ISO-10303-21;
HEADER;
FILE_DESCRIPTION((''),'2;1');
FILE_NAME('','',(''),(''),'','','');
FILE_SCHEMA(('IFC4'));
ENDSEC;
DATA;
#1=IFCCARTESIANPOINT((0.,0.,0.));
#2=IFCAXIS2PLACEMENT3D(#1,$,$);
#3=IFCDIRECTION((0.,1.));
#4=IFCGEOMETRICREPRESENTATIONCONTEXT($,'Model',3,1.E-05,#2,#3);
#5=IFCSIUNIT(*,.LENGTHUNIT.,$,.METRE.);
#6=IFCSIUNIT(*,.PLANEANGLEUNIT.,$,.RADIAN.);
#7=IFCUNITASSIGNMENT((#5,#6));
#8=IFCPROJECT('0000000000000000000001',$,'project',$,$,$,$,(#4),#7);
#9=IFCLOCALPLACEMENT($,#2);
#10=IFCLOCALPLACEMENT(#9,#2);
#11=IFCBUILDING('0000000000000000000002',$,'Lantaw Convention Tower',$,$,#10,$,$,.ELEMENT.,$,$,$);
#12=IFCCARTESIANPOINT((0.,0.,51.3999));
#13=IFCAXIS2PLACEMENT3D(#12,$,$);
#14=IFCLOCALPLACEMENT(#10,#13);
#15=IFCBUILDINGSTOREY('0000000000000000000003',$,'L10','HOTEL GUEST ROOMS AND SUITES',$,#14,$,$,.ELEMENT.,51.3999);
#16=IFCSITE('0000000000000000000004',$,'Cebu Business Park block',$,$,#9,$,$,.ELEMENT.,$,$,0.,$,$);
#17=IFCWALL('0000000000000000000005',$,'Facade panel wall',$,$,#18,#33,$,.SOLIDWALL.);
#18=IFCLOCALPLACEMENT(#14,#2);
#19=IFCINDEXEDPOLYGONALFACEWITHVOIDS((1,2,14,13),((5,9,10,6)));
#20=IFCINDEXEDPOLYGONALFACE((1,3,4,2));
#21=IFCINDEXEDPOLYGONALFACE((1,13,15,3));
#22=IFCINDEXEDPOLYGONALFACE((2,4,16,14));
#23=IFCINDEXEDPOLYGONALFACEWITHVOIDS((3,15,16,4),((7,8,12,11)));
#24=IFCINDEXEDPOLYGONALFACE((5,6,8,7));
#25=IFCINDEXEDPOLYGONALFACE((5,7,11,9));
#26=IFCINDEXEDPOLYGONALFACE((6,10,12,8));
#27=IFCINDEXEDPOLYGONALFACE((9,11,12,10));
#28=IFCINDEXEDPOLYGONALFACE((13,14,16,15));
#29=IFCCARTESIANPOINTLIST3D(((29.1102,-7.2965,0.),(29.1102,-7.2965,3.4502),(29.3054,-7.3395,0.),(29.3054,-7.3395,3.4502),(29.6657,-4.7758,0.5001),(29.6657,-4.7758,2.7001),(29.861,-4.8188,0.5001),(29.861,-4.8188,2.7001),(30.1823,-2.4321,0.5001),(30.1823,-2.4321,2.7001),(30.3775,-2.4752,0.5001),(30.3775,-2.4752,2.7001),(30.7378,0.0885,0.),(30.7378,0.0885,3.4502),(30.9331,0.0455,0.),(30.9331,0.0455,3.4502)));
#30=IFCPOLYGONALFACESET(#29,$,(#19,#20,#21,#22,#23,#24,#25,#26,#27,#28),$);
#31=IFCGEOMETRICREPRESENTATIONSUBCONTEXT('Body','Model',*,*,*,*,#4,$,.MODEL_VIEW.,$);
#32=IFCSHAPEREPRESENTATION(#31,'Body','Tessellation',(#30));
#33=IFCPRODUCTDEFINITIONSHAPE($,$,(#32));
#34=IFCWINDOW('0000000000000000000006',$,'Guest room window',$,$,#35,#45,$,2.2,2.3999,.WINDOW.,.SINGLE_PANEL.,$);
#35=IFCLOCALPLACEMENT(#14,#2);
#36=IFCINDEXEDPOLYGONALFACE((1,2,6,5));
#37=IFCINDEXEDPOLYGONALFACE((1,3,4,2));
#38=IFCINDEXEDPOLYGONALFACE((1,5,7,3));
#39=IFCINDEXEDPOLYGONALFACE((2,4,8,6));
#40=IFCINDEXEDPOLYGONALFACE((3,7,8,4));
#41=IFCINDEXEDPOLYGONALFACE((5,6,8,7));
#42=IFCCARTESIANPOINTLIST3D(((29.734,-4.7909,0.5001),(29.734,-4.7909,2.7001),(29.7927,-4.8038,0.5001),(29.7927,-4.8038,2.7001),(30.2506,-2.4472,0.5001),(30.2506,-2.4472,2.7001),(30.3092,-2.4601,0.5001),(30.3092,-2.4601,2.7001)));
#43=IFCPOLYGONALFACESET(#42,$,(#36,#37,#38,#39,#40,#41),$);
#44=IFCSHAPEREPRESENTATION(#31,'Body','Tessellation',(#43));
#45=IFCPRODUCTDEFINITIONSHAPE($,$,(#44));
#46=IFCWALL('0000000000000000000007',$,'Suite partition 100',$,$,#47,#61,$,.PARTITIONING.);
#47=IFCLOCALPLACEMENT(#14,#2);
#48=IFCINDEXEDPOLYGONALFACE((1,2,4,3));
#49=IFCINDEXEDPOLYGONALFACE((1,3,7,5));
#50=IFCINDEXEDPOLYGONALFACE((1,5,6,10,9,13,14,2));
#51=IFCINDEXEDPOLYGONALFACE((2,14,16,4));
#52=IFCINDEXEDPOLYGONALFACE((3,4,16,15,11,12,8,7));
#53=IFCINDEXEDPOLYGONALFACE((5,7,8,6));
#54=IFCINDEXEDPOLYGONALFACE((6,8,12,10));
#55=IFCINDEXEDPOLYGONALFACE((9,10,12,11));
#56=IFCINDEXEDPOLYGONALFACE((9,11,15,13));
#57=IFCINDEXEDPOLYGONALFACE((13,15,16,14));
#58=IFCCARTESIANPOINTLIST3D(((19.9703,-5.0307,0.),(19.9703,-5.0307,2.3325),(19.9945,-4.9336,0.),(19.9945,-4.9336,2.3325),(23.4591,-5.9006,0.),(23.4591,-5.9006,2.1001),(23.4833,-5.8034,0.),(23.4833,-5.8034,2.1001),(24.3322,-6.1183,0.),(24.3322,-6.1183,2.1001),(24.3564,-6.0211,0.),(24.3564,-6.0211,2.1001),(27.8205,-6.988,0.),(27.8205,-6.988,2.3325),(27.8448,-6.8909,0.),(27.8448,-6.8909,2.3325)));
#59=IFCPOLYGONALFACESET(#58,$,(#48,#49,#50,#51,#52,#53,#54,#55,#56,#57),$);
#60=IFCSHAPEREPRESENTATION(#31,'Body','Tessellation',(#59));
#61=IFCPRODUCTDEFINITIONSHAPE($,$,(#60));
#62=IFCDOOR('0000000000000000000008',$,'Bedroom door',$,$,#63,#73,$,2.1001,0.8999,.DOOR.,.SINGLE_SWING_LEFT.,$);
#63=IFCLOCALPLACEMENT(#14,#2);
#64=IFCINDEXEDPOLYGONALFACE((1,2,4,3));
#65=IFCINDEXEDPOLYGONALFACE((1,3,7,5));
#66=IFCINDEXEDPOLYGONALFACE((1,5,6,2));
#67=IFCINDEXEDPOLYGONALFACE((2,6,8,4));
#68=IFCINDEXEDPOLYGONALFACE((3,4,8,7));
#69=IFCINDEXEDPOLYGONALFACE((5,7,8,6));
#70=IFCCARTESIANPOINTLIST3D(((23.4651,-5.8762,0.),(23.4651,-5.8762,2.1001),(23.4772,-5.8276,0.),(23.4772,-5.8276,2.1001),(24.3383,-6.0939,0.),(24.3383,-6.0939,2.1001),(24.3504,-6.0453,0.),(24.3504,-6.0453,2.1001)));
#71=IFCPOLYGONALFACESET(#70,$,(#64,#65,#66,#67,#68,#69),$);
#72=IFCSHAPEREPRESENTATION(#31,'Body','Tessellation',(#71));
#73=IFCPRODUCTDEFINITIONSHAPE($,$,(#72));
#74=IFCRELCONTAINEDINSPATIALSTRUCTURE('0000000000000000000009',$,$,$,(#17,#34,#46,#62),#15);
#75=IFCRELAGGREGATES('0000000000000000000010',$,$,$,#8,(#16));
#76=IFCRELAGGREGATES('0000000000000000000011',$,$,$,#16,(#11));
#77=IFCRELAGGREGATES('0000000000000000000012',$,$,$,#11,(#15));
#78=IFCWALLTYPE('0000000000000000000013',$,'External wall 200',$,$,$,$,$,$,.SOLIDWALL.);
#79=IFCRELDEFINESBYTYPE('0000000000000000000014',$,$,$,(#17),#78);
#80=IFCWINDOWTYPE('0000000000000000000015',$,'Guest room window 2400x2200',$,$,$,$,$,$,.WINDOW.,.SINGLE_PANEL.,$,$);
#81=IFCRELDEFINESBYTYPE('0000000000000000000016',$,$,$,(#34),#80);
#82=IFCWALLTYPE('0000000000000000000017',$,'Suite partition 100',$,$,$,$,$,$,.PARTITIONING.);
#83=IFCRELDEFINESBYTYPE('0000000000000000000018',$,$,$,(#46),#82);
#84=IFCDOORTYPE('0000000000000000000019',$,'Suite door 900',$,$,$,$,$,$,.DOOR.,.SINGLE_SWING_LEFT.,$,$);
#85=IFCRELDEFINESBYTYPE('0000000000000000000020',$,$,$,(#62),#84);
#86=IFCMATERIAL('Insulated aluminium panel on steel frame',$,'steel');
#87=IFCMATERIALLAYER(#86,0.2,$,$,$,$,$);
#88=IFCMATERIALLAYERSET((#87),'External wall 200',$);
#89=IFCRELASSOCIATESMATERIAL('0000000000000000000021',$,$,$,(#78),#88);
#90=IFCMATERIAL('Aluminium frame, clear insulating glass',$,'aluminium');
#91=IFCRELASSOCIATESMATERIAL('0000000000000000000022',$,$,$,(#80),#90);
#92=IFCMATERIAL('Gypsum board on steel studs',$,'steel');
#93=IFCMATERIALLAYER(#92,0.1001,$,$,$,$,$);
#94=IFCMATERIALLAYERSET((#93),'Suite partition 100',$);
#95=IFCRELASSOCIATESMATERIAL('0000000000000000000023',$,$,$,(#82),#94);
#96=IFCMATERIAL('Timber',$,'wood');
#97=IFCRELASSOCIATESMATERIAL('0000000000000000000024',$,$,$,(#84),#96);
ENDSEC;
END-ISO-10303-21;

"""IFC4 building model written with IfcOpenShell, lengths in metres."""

from ifc_helpers import new_model, si_unit, direction, frame, frame_2d, origin, place, context, subcontext, project, spatial, rectangle, extrude, material, layer, layer_set, type_object, element, fill, save


model = new_model("IFC4")

# Units and contexts
model_context = context("Model", 3, precision=1e-05, world=origin(), true_north=direction((0.0, 1.0)))
body_context = subcontext(model_context, "Body", "Model", "MODEL_VIEW")
ifc_project = project(units=[si_unit("LENGTHUNIT", "METRE"), si_unit("PLANEANGLEUNIT", "RADIAN")], contexts=[model_context])

# Site, building, storey
site_placement = place(None, origin())
site = spatial("IfcSite", under=ifc_project, at=site_placement, Name="Cebu Business Park block", CompositionType="ELEMENT", RefElevation=0.0)
building_placement = place(site_placement, origin())
building = spatial("IfcBuilding", under=site, at=building_placement, Name="Lantaw Convention Tower", CompositionType="ELEMENT")
storey_placement = place(building_placement, frame((0.0, 0.0, 51.3999)))
storey = spatial("IfcBuildingStorey", under=building, at=storey_placement, Name="L10", Description="HOTEL GUEST ROOMS AND SUITES", CompositionType="ELEMENT", Elevation=51.3999)

# Shared definitions
ifc_material_1 = material(Name="Timber", Category="wood")

# Wall, opening, window
ifc_material_2 = material(Name="Insulated aluminium panel on steel frame", Category="steel")
ifc_layer_1 = layer(ifc_material_2, 0.2)
ifc_layer_set_1 = layer_set([ifc_layer_1], Name="External wall 200")
wall_type_1 = type_object("IfcWallType", Name="External wall 200", PredefinedType="SOLIDWALL", material=ifc_layer_set_1)
ifc_material_3 = material(Name="Aluminium frame, clear insulating glass", Category="aluminium")
window_type = type_object("IfcWindowType", Name="Guest room window 2400x2200", PartitioningType="SINGLE_PANEL", PredefinedType="WINDOW", material=ifc_material_3)
wall_1_placement = place(storey_placement, frame((29.2078, -7.3181, 0.0), z_axis=(0.0, 0.0, 1.0), x_axis=(0.215238, 0.976562, 0.0)))
wall_1 = element("IfcWall", 1, at=wall_1_placement, inside=storey, type_object=wall_type_1, Name="Facade panel wall", PredefinedType="SOLIDWALL", context=body_context, shape_type="SweptSolid", body=[
    extrude(rectangle(XDim=7.5623, YDim=0.2, at=frame_2d((3.7812, 0.0))), origin(), (0.0, 0.0, 1.0), 3.4502),
])
opening_1_placement = place(wall_1_placement, frame((2.5813, 0.0, 0.5)))
opening_1 = element("IfcOpeningElement", 2, at=opening_1_placement, cuts=wall_1, PredefinedType="OPENING", context=body_context, shape_type="SweptSolid", body=[
    extrude(rectangle(XDim=2.3999, YDim=2.2, at=frame_2d((1.2, 1.1001))), frame((0.0, 0.1099, 0.0), z_axis=(0.0, -1.0, 0.0), x_axis=(1.0, 0.0, 0.0)), (0.0, 0.0, 1.0), 0.22),
])
window_1_placement = place(opening_1_placement, origin())
window_1 = element("IfcWindow", 3, at=window_1_placement, inside=storey, type_object=window_type, Name="Guest room window", OverallHeight=2.2, OverallWidth=2.3999, PartitioningType="SINGLE_PANEL", PredefinedType="WINDOW", context=body_context, shape_type="SweptSolid", body=[
    extrude(rectangle(XDim=2.3999, YDim=2.2, at=frame_2d((1.2, 1.1001))), frame((0.0, 0.03, 0.0), z_axis=(0.0, -1.0, 0.0), x_axis=(1.0, 0.0, 0.0)), (0.0, 0.0, 1.0), 0.0601),
])
fill(opening_1, window_1)

# Wall, opening, door
ifc_material_4 = material(Name="Gypsum board on steel studs", Category="steel")
ifc_layer_2 = layer(ifc_material_4, 0.1001)
ifc_layer_set_2 = layer_set([ifc_layer_2], Name="Suite partition 100")
wall_type_2 = type_object("IfcWallType", Name="Suite partition 100", PredefinedType="PARTITIONING", material=ifc_layer_set_2)
wall_2_placement = place(storey_placement, frame((27.8328, -6.9395, 0.0), z_axis=(0.0, 0.0, 1.0), x_axis=(-0.970297, 0.241918, 0.0)))
wall_2 = element("IfcWall", 4, at=wall_2_placement, inside=storey, type_object=wall_type_2, Name="Suite partition 100", PredefinedType="PARTITIONING", context=body_context, shape_type="SweptSolid", body=[
    extrude(rectangle(XDim=8.0906, YDim=0.1001, at=frame_2d((4.0454, 0.0))), origin(), (0.0, 0.0, 1.0), 2.3325),
])
opening_2_placement = place(wall_2_placement, frame((3.5952, 0.0, 0.0)))
opening_2 = element("IfcOpeningElement", 5, at=opening_2_placement, cuts=wall_2, PredefinedType="OPENING", context=body_context, shape_type="SweptSolid", body=[
    extrude(rectangle(XDim=0.8999, YDim=2.1001, at=frame_2d((0.45, 1.05))), frame((0.0, 0.0601, 0.0), z_axis=(0.0, -1.0, 0.0), x_axis=(1.0, 0.0, 0.0)), (0.0, 0.0, 1.0), 0.1201),
])
door_type_1 = type_object("IfcDoorType", Name="Suite door 900", OperationType="SINGLE_SWING_LEFT", PredefinedType="DOOR", material=ifc_material_1)
door_1_placement = place(opening_2_placement, origin())
door_1 = element("IfcDoor", 6, at=door_1_placement, inside=storey, type_object=door_type_1, Name="Bedroom door", OperationType="SINGLE_SWING_LEFT", OverallHeight=2.1001, OverallWidth=0.8999, PredefinedType="DOOR", context=body_context, shape_type="SweptSolid", body=[
    extrude(rectangle(XDim=0.8999, YDim=2.1001, at=frame_2d((0.45, 1.05))), frame((0.0, 0.0249, 0.0), z_axis=(0.0, -1.0, 0.0), x_axis=(1.0, 0.0, 0.0)), (0.0, 0.0, 1.0), 0.05),
])
fill(opening_2, door_1)

save(model, "model.ifc")
